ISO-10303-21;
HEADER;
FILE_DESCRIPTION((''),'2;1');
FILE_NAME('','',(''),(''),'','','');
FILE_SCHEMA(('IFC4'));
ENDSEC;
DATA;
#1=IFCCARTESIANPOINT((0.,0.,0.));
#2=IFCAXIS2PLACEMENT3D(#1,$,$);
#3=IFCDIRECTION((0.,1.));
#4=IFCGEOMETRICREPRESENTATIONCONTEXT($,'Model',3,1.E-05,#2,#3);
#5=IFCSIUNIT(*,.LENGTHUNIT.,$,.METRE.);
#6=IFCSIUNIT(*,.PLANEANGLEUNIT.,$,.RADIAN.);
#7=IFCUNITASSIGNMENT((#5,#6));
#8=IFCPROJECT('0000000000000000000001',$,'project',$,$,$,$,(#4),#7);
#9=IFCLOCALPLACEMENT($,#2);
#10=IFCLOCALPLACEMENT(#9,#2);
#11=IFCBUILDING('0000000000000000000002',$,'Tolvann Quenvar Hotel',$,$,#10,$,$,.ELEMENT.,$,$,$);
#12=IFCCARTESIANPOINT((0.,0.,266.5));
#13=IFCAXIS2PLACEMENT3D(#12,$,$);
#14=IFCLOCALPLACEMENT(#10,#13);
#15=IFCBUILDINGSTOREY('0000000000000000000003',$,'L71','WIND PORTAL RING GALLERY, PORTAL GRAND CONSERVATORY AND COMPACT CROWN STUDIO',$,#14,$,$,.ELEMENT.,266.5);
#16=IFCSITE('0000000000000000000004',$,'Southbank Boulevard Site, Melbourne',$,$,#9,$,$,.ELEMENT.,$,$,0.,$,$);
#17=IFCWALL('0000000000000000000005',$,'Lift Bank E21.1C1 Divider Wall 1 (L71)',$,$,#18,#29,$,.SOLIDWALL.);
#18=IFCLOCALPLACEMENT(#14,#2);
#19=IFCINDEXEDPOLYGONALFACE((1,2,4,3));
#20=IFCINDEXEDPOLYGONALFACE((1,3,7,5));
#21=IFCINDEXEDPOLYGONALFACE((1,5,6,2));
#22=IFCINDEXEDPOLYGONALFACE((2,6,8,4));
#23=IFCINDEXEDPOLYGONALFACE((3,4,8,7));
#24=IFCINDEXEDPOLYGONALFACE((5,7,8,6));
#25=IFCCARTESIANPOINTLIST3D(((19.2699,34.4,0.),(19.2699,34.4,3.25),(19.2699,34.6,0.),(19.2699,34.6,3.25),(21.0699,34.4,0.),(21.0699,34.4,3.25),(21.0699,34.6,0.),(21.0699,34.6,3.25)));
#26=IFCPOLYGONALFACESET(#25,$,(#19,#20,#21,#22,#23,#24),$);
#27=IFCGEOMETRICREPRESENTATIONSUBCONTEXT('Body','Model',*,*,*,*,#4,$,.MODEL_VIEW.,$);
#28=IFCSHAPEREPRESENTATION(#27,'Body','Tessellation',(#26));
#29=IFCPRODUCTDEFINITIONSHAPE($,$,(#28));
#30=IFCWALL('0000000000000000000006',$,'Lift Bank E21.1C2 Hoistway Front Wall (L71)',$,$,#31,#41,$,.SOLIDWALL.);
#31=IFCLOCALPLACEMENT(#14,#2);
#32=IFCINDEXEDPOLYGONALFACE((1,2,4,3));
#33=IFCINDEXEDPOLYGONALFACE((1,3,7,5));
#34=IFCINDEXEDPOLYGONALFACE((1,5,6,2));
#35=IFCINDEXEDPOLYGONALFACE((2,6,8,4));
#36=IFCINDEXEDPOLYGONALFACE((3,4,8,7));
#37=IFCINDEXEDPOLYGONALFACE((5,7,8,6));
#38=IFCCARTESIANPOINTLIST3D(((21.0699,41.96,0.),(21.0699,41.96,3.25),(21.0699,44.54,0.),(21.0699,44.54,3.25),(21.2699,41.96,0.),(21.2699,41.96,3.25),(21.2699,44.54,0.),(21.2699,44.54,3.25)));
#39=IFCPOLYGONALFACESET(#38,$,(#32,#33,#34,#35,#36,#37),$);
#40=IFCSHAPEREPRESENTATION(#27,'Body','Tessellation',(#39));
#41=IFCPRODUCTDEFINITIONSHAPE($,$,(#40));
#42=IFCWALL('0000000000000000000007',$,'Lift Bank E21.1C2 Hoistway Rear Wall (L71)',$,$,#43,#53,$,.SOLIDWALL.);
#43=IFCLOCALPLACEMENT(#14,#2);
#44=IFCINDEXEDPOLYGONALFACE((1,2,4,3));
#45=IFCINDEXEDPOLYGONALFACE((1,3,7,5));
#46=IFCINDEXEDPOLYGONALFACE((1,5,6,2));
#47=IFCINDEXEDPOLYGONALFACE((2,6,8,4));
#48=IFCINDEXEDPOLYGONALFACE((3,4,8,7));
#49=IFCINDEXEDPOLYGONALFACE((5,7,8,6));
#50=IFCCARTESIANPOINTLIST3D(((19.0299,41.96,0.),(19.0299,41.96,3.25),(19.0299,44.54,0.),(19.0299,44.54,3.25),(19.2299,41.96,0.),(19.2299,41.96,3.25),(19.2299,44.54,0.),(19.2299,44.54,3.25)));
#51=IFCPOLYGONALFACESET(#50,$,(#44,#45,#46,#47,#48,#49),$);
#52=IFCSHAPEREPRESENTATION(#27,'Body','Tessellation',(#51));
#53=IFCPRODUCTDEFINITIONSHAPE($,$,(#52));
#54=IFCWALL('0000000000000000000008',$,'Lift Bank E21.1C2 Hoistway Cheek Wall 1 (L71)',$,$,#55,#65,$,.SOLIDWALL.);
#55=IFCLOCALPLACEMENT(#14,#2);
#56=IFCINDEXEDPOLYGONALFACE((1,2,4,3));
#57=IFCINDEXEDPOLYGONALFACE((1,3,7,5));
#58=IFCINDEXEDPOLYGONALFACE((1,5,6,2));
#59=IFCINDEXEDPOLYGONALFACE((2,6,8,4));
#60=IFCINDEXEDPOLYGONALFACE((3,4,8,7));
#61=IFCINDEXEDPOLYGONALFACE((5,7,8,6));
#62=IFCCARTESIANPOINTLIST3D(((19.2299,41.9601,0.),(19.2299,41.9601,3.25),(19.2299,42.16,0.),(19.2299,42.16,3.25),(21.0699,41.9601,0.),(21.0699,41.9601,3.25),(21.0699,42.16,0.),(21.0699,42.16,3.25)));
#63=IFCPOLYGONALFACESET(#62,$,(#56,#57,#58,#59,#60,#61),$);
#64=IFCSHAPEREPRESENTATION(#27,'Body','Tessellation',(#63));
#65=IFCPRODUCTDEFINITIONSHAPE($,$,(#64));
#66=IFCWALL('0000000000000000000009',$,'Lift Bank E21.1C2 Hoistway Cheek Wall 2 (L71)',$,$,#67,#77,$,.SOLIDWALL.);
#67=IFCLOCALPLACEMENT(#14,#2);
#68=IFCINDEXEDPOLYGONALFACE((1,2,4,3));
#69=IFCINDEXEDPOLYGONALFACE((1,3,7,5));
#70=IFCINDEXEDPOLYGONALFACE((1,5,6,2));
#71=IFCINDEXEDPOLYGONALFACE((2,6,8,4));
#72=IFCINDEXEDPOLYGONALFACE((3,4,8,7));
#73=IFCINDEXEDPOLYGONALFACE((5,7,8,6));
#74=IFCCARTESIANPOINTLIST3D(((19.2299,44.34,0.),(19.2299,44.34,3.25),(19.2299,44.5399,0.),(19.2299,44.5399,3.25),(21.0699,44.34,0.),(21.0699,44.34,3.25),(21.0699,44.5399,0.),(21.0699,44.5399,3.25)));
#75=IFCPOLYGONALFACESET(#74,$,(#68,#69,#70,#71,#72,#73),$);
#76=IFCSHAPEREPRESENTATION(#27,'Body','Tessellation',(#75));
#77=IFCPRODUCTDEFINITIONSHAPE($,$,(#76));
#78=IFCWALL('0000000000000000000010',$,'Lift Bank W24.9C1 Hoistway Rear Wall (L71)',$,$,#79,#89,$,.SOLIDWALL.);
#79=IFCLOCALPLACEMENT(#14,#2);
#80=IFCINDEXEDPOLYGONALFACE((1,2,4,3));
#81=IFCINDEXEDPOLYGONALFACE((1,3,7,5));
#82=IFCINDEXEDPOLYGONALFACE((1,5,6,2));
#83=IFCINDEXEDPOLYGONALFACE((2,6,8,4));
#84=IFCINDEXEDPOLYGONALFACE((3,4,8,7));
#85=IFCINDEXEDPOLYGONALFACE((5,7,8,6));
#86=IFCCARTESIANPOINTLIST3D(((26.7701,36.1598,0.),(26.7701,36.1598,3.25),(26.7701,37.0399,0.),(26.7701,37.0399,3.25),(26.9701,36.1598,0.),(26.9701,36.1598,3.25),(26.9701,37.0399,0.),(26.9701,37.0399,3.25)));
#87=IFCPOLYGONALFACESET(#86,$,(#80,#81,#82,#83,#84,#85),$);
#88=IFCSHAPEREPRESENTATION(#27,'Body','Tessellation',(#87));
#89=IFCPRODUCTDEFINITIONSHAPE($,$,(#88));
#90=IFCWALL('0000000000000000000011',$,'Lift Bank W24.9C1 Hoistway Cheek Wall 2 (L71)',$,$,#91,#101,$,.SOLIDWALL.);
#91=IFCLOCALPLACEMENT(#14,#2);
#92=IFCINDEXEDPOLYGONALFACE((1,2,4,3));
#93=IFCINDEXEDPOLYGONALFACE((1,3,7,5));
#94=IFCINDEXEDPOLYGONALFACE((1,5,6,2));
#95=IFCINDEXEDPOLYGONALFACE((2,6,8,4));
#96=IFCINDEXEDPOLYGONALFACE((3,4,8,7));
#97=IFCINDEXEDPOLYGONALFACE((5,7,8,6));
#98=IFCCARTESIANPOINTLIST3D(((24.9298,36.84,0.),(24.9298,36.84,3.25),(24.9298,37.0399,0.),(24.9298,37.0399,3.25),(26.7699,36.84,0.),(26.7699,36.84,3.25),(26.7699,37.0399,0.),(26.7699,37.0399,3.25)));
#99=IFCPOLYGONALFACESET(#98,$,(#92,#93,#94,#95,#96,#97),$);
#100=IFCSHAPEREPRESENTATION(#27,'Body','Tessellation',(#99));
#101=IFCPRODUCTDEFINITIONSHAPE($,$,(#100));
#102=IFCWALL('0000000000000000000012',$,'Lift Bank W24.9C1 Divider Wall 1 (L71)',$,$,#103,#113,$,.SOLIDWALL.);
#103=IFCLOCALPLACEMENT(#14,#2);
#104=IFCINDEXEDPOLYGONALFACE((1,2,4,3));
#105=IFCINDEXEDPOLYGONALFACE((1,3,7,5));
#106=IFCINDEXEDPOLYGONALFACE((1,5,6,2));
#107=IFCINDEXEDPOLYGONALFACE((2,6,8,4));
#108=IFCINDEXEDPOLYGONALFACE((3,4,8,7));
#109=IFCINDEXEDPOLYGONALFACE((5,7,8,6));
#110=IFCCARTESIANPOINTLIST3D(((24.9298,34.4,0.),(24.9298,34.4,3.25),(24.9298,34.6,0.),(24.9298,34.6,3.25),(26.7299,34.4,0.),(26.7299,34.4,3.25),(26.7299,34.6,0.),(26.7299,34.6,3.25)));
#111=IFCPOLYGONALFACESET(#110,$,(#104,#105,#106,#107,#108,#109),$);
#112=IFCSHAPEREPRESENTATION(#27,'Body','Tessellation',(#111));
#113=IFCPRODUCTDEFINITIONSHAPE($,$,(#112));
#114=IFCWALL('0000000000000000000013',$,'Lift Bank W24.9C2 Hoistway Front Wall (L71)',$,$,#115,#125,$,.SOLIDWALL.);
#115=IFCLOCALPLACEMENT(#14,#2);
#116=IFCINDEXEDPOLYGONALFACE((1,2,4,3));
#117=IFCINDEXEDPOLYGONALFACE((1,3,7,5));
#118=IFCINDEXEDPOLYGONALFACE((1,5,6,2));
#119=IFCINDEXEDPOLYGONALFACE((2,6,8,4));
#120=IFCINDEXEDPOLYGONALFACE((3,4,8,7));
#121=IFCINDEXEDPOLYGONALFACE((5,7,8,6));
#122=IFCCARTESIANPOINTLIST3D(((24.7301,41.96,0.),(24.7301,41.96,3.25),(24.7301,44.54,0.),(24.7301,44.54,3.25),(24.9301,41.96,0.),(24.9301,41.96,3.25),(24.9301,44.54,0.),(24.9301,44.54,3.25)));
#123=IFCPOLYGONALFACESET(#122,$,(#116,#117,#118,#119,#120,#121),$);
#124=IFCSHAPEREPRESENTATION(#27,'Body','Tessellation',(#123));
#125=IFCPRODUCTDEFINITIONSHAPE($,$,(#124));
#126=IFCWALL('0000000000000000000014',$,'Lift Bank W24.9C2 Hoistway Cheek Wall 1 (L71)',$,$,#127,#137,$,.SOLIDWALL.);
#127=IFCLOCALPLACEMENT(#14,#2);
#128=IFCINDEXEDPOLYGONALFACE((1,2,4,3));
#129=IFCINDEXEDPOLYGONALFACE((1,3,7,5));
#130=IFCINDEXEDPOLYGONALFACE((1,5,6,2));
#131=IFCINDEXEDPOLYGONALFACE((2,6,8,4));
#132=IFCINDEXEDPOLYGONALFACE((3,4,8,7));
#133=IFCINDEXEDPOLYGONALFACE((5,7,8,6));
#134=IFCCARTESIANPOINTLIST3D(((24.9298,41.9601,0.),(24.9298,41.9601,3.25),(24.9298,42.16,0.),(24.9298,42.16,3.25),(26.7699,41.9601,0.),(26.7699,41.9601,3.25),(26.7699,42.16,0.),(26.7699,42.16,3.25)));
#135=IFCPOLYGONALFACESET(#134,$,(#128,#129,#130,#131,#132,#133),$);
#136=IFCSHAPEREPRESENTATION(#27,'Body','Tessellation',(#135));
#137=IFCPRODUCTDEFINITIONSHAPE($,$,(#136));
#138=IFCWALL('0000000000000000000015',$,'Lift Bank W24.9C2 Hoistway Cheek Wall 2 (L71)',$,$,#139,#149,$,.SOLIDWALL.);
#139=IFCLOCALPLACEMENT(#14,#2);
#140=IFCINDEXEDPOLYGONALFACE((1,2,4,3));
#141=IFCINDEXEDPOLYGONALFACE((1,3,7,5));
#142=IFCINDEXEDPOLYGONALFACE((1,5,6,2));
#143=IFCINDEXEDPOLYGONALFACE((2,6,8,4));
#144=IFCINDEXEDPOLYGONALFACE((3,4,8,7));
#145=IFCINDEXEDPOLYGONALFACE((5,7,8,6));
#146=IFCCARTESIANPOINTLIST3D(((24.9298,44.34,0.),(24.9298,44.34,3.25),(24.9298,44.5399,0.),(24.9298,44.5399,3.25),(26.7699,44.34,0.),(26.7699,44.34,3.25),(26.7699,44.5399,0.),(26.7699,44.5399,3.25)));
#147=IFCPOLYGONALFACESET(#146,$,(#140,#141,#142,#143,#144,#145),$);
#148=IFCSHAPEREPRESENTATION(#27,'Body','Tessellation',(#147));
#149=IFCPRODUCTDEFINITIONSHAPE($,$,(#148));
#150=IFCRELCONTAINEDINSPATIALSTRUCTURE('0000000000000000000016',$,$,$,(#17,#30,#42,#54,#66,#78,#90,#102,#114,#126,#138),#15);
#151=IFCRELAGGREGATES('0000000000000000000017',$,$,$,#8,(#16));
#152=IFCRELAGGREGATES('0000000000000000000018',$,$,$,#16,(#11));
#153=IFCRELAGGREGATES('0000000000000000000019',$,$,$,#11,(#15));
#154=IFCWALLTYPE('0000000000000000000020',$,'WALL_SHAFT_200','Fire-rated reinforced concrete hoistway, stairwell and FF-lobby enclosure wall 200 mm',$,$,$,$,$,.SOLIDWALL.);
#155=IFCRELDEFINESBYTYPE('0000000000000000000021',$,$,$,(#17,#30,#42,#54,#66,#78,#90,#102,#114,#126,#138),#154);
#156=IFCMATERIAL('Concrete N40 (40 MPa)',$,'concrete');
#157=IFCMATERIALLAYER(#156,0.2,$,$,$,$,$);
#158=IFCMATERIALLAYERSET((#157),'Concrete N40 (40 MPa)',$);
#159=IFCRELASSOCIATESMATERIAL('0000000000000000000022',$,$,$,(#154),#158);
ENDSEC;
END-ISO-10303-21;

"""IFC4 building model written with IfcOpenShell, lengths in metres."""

from ifc_helpers import new_model, si_unit, direction, frame, frame_2d, origin, place, context, subcontext, project, spatial, rectangle, extrude, material, layer, layer_set, type_object, element, save


model = new_model("IFC4")

# Units and contexts
model_context = context("Model", 3, precision=1e-05, world=origin(), true_north=direction((0.0, 1.0)))
body_context = subcontext(model_context, "Body", "Model", "MODEL_VIEW")
ifc_project = project(units=[si_unit("LENGTHUNIT", "METRE"), si_unit("PLANEANGLEUNIT", "RADIAN")], contexts=[model_context])

# Site, building, storey
site_placement = place(None, origin())
site = spatial("IfcSite", under=ifc_project, at=site_placement, Name="Southbank Boulevard Site, Melbourne", CompositionType="ELEMENT", RefElevation=0.0)
building_placement = place(site_placement, origin())
building = spatial("IfcBuilding", under=site, at=building_placement, Name="Tolvann Quenvar Hotel", CompositionType="ELEMENT")
storey_placement = place(building_placement, frame((0.0, 0.0, 266.5)))
storey = spatial("IfcBuildingStorey", under=building, at=storey_placement, Name="L71", Description="WIND PORTAL RING GALLERY, PORTAL GRAND CONSERVATORY AND COMPACT CROWN STUDIO", CompositionType="ELEMENT", Elevation=266.5)

# Walls
ifc_material_1 = material(Name="Concrete N40 (40 MPa)", Category="concrete")
ifc_layer_1 = layer(ifc_material_1, 0.2)
ifc_layer_set_1 = layer_set([ifc_layer_1], Name="Concrete N40 (40 MPa)")
wall_type_1 = type_object("IfcWallType", Name="WALL_SHAFT_200", Description="Fire-rated reinforced concrete hoistway, stairwell and FF-lobby enclosure wall 200 mm", PredefinedType="SOLIDWALL", material=ifc_layer_set_1)
wall_1_placement = place(storey_placement, frame((19.27, 34.5, 0.0), z_axis=(0.0, 0.0, 1.0), x_axis=(1.0, 0.0, 0.0)))
element("IfcWall", 1, at=wall_1_placement, inside=storey, type_object=wall_type_1, Name="Lift Bank E21.1C1 Divider Wall 1 (L71)", PredefinedType="SOLIDWALL", context=body_context, shape_type="SweptSolid", body=[
    extrude(rectangle(XDim=1.8, YDim=0.2, at=frame_2d((0.8999, 0.0))), origin(), (0.0, 0.0, 1.0), 3.25),
])
for number, where, z_axis, x_axis, name in (
    (2, (21.1699, 41.96, 0.0), (0.0, 0.0, 1.0), (0.0, 1.0, 0.0), "Lift Bank E21.1C2 Hoistway Front Wall (L71)"),
    (3, (19.1299, 41.96, 0.0), (0.0, 0.0, 1.0), (0.0, 1.0, 0.0), "Lift Bank E21.1C2 Hoistway Rear Wall (L71)"),
):
    element("IfcWall", number, at=place(storey_placement, frame(where, z_axis=z_axis, x_axis=x_axis)), inside=storey, type_object=wall_type_1, Name=name, PredefinedType="SOLIDWALL", context=body_context, shape_type="SweptSolid", body=[
        extrude(rectangle(XDim=2.5801, YDim=0.2, at=frame_2d((1.29, 0.0))), origin(), (0.0, 0.0, 1.0), 3.25),
    ])
for number, where, z_axis, x_axis, name in (
    (4, (19.23, 42.0601, 0.0), (0.0, 0.0, 1.0), (1.0, 0.0, 0.0), "Lift Bank E21.1C2 Hoistway Cheek Wall 1 (L71)"),
    (5, (19.23, 44.4399, 0.0), (0.0, 0.0, 1.0), (1.0, 0.0, 0.0), "Lift Bank E21.1C2 Hoistway Cheek Wall 2 (L71)"),
):
    element("IfcWall", number, at=place(storey_placement, frame(where, z_axis=z_axis, x_axis=x_axis)), inside=storey, type_object=wall_type_1, Name=name, PredefinedType="SOLIDWALL", context=body_context, shape_type="SweptSolid", body=[
        extrude(rectangle(XDim=1.8401, YDim=0.2, at=frame_2d((0.9199, 0.0))), origin(), (0.0, 0.0, 1.0), 3.25),
    ])
wall_2_placement = place(storey_placement, frame((26.8701, 36.1599, 0.0), z_axis=(0.0, 0.0, 1.0), x_axis=(0.0, 1.0, 0.0)))
element("IfcWall", 6, at=wall_2_placement, inside=storey, type_object=wall_type_1, Name="Lift Bank W24.9C1 Hoistway Rear Wall (L71)", PredefinedType="SOLIDWALL", context=body_context, shape_type="SweptSolid", body=[
    extrude(rectangle(XDim=0.8801, YDim=0.2, at=frame_2d((0.4399, 0.0))), origin(), (0.0, 0.0, 1.0), 3.25),
])
wall_3_placement = place(storey_placement, frame((24.9299, 36.9399, 0.0), z_axis=(0.0, 0.0, 1.0), x_axis=(1.0, 0.0, 0.0)))
element("IfcWall", 7, at=wall_3_placement, inside=storey, type_object=wall_type_1, Name="Lift Bank W24.9C1 Hoistway Cheek Wall 2 (L71)", PredefinedType="SOLIDWALL", context=body_context, shape_type="SweptSolid", body=[
    extrude(rectangle(XDim=1.8401, YDim=0.2, at=frame_2d((0.9199, 0.0))), origin(), (0.0, 0.0, 1.0), 3.25),
])
wall_4_placement = place(storey_placement, frame((24.9299, 34.5, 0.0), z_axis=(0.0, 0.0, 1.0), x_axis=(1.0, 0.0, 0.0)))
element("IfcWall", 8, at=wall_4_placement, inside=storey, type_object=wall_type_1, Name="Lift Bank W24.9C1 Divider Wall 1 (L71)", PredefinedType="SOLIDWALL", context=body_context, shape_type="SweptSolid", body=[
    extrude(rectangle(XDim=1.8, YDim=0.2, at=frame_2d((0.8999, 0.0))), origin(), (0.0, 0.0, 1.0), 3.25),
])
wall_5_placement = place(storey_placement, frame((24.8301, 41.96, 0.0), z_axis=(0.0, 0.0, 1.0), x_axis=(0.0, 1.0, 0.0)))
element("IfcWall", 9, at=wall_5_placement, inside=storey, type_object=wall_type_1, Name="Lift Bank W24.9C2 Hoistway Front Wall (L71)", PredefinedType="SOLIDWALL", context=body_context, shape_type="SweptSolid", body=[
    extrude(rectangle(XDim=2.5801, YDim=0.2, at=frame_2d((1.29, 0.0))), origin(), (0.0, 0.0, 1.0), 3.25),
])
for number, where, z_axis, x_axis, name in (
    (10, (24.9299, 42.0601, 0.0), (0.0, 0.0, 1.0), (1.0, 0.0, 0.0), "Lift Bank W24.9C2 Hoistway Cheek Wall 1 (L71)"),
    (11, (24.9299, 44.4399, 0.0), (0.0, 0.0, 1.0), (1.0, 0.0, 0.0), "Lift Bank W24.9C2 Hoistway Cheek Wall 2 (L71)"),
):
    element("IfcWall", number, at=place(storey_placement, frame(where, z_axis=z_axis, x_axis=x_axis)), inside=storey, type_object=wall_type_1, Name=name, PredefinedType="SOLIDWALL", context=body_context, shape_type="SweptSolid", body=[
        extrude(rectangle(XDim=1.8401, YDim=0.2, at=frame_2d((0.9199, 0.0))), origin(), (0.0, 0.0, 1.0), 3.25),
    ])

save(model, "model.ifc")
